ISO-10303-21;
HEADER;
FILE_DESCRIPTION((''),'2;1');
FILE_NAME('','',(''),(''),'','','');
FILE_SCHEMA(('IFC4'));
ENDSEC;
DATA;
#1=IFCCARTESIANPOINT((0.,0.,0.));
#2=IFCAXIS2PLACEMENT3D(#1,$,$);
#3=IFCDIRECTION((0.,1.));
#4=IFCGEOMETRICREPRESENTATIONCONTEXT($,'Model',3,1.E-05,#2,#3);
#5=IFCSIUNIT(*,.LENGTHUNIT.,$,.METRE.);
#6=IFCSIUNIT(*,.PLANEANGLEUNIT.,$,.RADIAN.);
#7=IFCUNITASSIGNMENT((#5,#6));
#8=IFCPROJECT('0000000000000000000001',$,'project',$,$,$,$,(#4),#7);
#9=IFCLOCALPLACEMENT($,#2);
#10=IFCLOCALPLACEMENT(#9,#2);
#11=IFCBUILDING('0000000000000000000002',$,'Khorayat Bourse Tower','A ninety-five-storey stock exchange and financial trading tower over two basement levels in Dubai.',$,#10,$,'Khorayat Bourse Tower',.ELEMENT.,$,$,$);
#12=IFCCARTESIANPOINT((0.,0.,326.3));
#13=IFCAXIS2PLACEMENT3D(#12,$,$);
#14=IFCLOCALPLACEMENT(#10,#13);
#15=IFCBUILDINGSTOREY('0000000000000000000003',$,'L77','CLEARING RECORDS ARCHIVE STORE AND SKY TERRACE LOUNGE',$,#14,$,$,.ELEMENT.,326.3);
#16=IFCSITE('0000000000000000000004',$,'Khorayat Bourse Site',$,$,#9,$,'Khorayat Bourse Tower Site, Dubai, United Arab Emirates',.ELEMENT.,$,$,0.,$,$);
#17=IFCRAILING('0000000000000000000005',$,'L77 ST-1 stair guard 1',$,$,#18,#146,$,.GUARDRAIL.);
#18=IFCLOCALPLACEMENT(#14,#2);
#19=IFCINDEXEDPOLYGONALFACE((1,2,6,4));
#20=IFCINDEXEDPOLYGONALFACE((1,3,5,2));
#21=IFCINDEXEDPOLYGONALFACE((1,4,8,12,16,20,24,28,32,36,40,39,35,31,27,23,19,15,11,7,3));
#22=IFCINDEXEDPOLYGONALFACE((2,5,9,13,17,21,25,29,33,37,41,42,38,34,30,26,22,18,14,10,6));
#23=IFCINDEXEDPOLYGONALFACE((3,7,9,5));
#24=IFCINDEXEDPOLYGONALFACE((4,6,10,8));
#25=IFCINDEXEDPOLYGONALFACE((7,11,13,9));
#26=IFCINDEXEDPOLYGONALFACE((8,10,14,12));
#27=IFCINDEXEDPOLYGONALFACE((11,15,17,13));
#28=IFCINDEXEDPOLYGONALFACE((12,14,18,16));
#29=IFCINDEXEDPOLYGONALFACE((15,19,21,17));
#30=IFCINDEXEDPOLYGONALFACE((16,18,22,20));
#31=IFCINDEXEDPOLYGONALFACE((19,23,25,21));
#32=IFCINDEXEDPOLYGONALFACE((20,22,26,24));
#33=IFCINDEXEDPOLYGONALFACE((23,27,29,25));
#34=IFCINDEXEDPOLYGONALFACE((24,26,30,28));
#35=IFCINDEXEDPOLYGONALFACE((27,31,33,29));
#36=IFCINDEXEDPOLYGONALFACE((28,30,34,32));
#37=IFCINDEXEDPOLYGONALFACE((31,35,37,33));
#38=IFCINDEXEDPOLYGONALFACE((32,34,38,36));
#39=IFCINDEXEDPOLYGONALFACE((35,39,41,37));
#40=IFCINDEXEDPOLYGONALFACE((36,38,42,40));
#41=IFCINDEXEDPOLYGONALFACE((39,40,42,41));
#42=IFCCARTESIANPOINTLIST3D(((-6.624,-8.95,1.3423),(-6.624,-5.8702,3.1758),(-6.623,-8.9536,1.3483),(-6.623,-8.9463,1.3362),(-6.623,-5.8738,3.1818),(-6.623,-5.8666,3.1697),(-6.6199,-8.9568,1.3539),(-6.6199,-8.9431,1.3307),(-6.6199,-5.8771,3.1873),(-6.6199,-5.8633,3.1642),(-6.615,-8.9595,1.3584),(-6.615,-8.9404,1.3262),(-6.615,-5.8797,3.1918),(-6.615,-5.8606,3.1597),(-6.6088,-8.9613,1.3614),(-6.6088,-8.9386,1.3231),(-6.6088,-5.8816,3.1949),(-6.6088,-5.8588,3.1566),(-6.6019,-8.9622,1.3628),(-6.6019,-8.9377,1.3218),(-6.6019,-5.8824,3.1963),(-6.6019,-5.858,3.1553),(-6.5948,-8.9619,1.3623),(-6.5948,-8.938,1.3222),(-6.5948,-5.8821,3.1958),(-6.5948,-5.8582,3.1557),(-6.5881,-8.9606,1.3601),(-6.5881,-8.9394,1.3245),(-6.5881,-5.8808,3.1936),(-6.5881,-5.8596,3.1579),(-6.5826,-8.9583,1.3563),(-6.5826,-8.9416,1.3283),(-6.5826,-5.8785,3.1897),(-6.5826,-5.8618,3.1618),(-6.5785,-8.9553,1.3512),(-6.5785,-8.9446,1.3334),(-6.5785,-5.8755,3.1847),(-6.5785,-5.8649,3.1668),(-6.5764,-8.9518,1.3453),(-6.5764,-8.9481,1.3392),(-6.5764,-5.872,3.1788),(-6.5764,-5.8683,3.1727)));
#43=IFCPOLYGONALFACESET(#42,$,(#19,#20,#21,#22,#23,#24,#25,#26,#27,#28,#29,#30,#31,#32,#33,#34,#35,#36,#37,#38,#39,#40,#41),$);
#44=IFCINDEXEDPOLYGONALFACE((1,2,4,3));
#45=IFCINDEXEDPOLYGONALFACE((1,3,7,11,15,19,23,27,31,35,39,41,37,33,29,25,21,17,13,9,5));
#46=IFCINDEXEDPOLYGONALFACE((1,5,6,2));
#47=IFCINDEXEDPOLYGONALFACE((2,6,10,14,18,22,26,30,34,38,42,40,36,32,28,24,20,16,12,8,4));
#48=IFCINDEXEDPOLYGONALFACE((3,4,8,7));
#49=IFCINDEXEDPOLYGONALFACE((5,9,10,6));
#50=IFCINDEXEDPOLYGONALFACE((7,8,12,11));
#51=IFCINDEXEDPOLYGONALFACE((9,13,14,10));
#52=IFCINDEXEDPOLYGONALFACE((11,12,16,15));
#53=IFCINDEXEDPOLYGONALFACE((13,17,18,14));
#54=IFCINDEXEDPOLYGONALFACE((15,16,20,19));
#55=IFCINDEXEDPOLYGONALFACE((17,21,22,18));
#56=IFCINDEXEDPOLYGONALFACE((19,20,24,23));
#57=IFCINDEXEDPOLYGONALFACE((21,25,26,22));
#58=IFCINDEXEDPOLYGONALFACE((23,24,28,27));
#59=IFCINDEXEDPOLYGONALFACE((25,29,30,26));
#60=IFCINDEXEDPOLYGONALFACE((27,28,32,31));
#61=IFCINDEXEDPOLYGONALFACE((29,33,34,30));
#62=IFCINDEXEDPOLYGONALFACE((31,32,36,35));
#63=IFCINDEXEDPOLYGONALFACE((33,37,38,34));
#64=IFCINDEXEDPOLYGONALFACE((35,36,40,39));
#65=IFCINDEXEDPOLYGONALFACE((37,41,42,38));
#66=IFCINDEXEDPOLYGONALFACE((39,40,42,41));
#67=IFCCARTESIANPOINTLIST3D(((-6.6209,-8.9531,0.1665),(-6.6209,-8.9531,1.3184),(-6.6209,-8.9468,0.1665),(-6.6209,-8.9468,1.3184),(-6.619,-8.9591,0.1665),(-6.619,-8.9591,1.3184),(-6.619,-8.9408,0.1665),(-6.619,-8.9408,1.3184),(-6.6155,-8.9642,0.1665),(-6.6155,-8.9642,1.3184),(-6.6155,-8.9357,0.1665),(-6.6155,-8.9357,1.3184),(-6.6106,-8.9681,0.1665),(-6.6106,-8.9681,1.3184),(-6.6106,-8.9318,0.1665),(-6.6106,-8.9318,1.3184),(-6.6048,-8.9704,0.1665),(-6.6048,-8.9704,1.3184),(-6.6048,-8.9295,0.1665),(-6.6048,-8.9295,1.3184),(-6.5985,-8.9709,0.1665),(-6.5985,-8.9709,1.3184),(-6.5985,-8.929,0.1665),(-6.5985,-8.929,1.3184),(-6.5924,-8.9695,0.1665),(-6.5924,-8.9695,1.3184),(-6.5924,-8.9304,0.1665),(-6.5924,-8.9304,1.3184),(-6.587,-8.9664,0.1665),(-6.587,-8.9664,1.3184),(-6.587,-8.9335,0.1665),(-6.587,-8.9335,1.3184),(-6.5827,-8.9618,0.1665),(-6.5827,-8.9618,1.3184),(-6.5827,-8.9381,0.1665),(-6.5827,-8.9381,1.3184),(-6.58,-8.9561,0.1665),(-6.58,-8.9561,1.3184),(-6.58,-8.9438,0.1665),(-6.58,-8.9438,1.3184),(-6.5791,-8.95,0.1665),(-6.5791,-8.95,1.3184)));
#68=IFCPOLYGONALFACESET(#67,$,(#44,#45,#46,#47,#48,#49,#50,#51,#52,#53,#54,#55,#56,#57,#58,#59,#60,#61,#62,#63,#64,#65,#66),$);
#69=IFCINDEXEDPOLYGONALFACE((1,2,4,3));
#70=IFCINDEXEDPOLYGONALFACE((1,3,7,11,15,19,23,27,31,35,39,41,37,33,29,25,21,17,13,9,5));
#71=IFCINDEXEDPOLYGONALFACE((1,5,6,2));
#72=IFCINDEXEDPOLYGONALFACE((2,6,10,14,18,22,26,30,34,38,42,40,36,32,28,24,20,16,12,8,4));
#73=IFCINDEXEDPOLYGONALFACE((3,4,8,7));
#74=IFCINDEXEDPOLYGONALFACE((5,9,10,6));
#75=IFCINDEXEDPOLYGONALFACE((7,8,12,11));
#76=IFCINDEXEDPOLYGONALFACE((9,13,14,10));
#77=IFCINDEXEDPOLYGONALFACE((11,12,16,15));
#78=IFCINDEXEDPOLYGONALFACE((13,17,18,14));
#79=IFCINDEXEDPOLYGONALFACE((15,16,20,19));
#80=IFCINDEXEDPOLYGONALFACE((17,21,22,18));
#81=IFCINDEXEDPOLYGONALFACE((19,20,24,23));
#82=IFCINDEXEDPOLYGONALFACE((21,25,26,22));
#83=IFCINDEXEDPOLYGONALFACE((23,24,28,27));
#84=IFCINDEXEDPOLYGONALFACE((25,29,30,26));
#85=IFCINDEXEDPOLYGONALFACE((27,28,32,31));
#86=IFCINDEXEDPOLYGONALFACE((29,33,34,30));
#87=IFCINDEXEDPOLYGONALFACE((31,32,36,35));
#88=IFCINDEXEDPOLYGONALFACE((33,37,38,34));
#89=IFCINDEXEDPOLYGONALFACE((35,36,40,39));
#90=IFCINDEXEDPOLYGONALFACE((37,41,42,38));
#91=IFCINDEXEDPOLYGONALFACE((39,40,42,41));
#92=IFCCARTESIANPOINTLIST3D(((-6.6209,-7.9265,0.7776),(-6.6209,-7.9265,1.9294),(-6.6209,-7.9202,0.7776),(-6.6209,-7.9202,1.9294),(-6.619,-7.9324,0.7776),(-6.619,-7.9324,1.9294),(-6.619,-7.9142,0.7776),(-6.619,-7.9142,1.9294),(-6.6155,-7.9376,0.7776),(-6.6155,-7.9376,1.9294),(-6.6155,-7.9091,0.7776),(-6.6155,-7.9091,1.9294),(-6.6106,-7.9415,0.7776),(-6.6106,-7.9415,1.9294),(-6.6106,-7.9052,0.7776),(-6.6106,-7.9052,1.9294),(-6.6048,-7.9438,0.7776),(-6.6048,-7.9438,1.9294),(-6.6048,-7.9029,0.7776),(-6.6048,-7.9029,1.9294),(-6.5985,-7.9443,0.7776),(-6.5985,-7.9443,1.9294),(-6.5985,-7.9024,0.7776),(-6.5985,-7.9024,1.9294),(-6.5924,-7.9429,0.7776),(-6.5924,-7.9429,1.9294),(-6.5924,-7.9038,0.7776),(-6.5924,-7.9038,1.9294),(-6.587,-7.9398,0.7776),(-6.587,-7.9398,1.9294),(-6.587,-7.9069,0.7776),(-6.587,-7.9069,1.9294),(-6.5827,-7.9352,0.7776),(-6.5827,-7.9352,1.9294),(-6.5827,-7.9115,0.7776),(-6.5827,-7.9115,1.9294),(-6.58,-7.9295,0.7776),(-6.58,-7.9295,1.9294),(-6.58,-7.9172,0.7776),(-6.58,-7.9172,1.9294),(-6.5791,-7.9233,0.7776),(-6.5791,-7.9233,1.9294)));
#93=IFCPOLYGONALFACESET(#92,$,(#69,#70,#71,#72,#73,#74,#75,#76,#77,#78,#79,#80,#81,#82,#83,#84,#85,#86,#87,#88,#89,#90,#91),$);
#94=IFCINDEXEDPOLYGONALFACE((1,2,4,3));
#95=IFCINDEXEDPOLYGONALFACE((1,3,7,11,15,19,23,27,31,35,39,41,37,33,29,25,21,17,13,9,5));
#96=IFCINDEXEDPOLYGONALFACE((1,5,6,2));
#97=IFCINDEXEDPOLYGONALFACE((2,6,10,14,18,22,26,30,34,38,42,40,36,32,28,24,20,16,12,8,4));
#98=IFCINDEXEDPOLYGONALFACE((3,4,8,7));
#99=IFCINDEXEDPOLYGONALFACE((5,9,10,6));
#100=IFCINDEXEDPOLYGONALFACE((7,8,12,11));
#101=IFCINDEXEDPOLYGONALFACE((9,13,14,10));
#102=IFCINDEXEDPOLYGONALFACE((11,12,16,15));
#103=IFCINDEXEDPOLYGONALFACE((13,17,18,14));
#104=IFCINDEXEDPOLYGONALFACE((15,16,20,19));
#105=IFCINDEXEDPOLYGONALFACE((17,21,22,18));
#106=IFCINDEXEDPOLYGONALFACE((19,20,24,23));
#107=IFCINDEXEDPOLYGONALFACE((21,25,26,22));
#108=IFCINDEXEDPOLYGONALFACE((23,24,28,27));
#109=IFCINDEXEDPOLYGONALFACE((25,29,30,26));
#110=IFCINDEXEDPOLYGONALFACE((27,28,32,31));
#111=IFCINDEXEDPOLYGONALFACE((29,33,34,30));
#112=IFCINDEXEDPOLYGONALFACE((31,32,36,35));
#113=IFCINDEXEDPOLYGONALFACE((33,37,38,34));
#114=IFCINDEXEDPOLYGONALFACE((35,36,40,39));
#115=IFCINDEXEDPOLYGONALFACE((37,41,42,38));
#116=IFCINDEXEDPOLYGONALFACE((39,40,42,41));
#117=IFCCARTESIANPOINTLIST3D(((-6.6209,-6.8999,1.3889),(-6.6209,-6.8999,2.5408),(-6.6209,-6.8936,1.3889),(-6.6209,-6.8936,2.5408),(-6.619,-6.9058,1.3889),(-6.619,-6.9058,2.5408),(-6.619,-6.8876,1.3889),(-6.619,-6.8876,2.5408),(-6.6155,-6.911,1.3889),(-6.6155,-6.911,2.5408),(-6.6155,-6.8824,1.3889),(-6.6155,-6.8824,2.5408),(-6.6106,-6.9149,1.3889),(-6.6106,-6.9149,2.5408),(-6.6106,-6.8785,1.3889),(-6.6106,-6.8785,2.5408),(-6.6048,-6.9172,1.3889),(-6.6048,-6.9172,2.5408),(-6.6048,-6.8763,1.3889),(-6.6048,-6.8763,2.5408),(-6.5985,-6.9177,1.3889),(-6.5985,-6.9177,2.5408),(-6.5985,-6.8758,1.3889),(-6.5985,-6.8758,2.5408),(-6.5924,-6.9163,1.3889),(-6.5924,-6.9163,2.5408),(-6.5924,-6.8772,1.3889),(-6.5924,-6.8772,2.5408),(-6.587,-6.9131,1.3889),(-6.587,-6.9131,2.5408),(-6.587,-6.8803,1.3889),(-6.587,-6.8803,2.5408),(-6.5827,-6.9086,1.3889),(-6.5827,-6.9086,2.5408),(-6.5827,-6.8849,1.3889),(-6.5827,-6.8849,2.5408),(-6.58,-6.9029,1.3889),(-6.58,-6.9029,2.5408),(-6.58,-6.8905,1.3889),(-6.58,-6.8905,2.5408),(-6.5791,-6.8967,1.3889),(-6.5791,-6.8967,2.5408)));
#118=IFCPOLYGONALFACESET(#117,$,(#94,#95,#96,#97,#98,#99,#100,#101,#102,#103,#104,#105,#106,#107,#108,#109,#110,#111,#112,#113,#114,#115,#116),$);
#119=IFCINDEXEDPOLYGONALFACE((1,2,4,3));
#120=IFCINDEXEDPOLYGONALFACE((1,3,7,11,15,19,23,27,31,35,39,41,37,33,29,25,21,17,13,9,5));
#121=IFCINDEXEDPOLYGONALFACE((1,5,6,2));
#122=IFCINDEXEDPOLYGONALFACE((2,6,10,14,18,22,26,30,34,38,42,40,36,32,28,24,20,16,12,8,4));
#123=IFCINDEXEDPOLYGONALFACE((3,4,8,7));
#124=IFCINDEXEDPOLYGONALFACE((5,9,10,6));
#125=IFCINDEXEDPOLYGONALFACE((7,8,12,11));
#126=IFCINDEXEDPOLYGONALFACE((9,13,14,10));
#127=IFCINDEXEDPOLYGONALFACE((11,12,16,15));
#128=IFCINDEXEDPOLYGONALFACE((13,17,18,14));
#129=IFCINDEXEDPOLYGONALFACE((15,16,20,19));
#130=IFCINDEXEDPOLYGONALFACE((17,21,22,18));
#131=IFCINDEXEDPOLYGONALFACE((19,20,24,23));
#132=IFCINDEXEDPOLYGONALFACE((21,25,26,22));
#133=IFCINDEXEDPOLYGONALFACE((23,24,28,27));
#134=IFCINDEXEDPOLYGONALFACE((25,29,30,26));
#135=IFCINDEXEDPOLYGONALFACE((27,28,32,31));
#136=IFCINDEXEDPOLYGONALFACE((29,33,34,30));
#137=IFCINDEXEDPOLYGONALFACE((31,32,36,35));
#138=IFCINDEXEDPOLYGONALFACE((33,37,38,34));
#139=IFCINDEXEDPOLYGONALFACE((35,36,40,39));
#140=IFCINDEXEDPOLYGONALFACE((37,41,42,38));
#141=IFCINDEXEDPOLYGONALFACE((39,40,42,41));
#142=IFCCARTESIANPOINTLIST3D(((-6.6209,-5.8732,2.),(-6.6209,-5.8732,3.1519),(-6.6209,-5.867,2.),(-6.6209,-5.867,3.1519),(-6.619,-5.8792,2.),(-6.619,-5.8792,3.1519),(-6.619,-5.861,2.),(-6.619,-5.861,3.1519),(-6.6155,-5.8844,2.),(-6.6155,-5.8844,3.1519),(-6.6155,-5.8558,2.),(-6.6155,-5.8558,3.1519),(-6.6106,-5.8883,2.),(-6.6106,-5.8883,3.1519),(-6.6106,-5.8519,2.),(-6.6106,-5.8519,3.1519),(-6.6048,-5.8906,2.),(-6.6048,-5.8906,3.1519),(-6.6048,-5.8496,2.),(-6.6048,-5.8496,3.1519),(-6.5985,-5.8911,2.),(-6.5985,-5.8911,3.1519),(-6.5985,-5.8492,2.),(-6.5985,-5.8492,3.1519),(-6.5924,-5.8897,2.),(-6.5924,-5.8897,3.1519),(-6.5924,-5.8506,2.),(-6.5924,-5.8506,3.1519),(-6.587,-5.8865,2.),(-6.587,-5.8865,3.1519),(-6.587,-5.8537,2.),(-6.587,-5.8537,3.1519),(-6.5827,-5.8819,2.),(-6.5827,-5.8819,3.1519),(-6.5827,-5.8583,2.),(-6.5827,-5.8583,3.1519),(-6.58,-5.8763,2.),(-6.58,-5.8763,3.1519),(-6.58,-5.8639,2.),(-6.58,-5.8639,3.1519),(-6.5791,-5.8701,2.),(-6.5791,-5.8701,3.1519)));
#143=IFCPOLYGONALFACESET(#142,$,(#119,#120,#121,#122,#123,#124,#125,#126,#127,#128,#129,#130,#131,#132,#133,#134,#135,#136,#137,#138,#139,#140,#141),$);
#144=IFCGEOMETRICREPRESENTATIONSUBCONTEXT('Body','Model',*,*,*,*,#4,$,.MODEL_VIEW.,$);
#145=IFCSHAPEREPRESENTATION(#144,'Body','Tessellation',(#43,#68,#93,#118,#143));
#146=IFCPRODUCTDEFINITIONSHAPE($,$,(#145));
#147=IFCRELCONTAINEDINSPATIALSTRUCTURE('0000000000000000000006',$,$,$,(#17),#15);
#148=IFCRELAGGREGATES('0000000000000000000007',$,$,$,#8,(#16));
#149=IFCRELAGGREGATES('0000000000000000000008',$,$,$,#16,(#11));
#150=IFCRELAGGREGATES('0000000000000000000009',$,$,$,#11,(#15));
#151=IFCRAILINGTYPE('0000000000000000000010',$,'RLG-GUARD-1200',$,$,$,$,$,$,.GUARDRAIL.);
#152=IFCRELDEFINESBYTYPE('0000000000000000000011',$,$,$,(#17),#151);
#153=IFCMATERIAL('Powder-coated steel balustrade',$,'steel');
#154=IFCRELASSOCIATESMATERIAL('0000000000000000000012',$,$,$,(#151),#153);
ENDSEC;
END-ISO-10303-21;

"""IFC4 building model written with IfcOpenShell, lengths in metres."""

from ifc_helpers import new_model, si_unit, direction, frame, origin, origin_2d, place, context, subcontext, project, spatial, circle, extrude, source, transform, mapped, material, type_object, element, save


model = new_model("IFC4")

# Units and contexts
model_context = context("Model", 3, precision=1e-05, world=origin(), true_north=direction((0.0, 1.0)))
body_context = subcontext(model_context, "Body", "Model", "MODEL_VIEW")
ifc_project = project(units=[si_unit("LENGTHUNIT", "METRE"), si_unit("PLANEANGLEUNIT", "RADIAN")], contexts=[model_context])

# Site, building, storey
site_placement = place(None, origin())
site = spatial("IfcSite", under=ifc_project, at=site_placement, Name="Khorayat Bourse Site", LongName="Khorayat Bourse Tower Site, Dubai, United Arab Emirates", CompositionType="ELEMENT", RefElevation=0.0)
building_placement = place(site_placement, origin())
building = spatial("IfcBuilding", under=site, at=building_placement, Name="Khorayat Bourse Tower", Description="A ninety-five-storey stock exchange and financial trading tower over two basement levels in Dubai.", LongName="Khorayat Bourse Tower", CompositionType="ELEMENT")
storey_placement = place(building_placement, frame((0.0, 0.0, 326.3)))
storey = spatial("IfcBuildingStorey", under=building, at=storey_placement, Name="L77", Description="CLEARING RECORDS ARCHIVE STORE AND SKY TERRACE LOUNGE", CompositionType="ELEMENT", Elevation=326.3)

# Railing
ifc_material_1 = material(Name="Powder-coated steel balustrade", Category="steel")
railing_type_1 = type_object("IfcRailingType", Name="RLG-GUARD-1200", PredefinedType="GUARDRAIL", material=ifc_material_1)
shared_shape_1 = source(origin(), body_context, "Body", "SweptSolid", [
    extrude(circle(Radius=0.0239, at=origin_2d()), frame((0.0, 0.0, 1.1758), z_axis=(0.0, 0.859261, 0.511538), x_axis=(-1.0, 0.0, 0.0)), (0.0, 0.0, 1.0), 3.5842),
    extrude(circle(Radius=0.021, at=origin_2d()), origin(), (0.0, 0.0, 1.0), 1.1519),
    extrude(circle(Radius=0.021, at=origin_2d()), frame((0.0, 1.0266, 0.6111)), (0.0, 0.0, 1.0), 1.1519),
    extrude(circle(Radius=0.021, at=origin_2d()), frame((0.0, 2.0532, 1.2224)), (0.0, 0.0, 1.0), 1.1519),
    extrude(circle(Radius=0.021, at=origin_2d()), frame((0.0, 3.0798, 1.8335)), (0.0, 0.0, 1.0), 1.1519),
])
railing_1_placement = place(storey_placement, frame((-6.6001, -8.95, 0.1665)))
element("IfcRailing", 1, at=railing_1_placement, inside=storey, type_object=railing_type_1, Name="L77 ST-1 stair guard 1", PredefinedType="GUARDRAIL", context=body_context, shape_type="MappedRepresentation", body=[
    mapped(shared_shape_1, transform((0.0, 0.0, 0.0), scale=1.0)),
])

save(model, "model.ifc")
